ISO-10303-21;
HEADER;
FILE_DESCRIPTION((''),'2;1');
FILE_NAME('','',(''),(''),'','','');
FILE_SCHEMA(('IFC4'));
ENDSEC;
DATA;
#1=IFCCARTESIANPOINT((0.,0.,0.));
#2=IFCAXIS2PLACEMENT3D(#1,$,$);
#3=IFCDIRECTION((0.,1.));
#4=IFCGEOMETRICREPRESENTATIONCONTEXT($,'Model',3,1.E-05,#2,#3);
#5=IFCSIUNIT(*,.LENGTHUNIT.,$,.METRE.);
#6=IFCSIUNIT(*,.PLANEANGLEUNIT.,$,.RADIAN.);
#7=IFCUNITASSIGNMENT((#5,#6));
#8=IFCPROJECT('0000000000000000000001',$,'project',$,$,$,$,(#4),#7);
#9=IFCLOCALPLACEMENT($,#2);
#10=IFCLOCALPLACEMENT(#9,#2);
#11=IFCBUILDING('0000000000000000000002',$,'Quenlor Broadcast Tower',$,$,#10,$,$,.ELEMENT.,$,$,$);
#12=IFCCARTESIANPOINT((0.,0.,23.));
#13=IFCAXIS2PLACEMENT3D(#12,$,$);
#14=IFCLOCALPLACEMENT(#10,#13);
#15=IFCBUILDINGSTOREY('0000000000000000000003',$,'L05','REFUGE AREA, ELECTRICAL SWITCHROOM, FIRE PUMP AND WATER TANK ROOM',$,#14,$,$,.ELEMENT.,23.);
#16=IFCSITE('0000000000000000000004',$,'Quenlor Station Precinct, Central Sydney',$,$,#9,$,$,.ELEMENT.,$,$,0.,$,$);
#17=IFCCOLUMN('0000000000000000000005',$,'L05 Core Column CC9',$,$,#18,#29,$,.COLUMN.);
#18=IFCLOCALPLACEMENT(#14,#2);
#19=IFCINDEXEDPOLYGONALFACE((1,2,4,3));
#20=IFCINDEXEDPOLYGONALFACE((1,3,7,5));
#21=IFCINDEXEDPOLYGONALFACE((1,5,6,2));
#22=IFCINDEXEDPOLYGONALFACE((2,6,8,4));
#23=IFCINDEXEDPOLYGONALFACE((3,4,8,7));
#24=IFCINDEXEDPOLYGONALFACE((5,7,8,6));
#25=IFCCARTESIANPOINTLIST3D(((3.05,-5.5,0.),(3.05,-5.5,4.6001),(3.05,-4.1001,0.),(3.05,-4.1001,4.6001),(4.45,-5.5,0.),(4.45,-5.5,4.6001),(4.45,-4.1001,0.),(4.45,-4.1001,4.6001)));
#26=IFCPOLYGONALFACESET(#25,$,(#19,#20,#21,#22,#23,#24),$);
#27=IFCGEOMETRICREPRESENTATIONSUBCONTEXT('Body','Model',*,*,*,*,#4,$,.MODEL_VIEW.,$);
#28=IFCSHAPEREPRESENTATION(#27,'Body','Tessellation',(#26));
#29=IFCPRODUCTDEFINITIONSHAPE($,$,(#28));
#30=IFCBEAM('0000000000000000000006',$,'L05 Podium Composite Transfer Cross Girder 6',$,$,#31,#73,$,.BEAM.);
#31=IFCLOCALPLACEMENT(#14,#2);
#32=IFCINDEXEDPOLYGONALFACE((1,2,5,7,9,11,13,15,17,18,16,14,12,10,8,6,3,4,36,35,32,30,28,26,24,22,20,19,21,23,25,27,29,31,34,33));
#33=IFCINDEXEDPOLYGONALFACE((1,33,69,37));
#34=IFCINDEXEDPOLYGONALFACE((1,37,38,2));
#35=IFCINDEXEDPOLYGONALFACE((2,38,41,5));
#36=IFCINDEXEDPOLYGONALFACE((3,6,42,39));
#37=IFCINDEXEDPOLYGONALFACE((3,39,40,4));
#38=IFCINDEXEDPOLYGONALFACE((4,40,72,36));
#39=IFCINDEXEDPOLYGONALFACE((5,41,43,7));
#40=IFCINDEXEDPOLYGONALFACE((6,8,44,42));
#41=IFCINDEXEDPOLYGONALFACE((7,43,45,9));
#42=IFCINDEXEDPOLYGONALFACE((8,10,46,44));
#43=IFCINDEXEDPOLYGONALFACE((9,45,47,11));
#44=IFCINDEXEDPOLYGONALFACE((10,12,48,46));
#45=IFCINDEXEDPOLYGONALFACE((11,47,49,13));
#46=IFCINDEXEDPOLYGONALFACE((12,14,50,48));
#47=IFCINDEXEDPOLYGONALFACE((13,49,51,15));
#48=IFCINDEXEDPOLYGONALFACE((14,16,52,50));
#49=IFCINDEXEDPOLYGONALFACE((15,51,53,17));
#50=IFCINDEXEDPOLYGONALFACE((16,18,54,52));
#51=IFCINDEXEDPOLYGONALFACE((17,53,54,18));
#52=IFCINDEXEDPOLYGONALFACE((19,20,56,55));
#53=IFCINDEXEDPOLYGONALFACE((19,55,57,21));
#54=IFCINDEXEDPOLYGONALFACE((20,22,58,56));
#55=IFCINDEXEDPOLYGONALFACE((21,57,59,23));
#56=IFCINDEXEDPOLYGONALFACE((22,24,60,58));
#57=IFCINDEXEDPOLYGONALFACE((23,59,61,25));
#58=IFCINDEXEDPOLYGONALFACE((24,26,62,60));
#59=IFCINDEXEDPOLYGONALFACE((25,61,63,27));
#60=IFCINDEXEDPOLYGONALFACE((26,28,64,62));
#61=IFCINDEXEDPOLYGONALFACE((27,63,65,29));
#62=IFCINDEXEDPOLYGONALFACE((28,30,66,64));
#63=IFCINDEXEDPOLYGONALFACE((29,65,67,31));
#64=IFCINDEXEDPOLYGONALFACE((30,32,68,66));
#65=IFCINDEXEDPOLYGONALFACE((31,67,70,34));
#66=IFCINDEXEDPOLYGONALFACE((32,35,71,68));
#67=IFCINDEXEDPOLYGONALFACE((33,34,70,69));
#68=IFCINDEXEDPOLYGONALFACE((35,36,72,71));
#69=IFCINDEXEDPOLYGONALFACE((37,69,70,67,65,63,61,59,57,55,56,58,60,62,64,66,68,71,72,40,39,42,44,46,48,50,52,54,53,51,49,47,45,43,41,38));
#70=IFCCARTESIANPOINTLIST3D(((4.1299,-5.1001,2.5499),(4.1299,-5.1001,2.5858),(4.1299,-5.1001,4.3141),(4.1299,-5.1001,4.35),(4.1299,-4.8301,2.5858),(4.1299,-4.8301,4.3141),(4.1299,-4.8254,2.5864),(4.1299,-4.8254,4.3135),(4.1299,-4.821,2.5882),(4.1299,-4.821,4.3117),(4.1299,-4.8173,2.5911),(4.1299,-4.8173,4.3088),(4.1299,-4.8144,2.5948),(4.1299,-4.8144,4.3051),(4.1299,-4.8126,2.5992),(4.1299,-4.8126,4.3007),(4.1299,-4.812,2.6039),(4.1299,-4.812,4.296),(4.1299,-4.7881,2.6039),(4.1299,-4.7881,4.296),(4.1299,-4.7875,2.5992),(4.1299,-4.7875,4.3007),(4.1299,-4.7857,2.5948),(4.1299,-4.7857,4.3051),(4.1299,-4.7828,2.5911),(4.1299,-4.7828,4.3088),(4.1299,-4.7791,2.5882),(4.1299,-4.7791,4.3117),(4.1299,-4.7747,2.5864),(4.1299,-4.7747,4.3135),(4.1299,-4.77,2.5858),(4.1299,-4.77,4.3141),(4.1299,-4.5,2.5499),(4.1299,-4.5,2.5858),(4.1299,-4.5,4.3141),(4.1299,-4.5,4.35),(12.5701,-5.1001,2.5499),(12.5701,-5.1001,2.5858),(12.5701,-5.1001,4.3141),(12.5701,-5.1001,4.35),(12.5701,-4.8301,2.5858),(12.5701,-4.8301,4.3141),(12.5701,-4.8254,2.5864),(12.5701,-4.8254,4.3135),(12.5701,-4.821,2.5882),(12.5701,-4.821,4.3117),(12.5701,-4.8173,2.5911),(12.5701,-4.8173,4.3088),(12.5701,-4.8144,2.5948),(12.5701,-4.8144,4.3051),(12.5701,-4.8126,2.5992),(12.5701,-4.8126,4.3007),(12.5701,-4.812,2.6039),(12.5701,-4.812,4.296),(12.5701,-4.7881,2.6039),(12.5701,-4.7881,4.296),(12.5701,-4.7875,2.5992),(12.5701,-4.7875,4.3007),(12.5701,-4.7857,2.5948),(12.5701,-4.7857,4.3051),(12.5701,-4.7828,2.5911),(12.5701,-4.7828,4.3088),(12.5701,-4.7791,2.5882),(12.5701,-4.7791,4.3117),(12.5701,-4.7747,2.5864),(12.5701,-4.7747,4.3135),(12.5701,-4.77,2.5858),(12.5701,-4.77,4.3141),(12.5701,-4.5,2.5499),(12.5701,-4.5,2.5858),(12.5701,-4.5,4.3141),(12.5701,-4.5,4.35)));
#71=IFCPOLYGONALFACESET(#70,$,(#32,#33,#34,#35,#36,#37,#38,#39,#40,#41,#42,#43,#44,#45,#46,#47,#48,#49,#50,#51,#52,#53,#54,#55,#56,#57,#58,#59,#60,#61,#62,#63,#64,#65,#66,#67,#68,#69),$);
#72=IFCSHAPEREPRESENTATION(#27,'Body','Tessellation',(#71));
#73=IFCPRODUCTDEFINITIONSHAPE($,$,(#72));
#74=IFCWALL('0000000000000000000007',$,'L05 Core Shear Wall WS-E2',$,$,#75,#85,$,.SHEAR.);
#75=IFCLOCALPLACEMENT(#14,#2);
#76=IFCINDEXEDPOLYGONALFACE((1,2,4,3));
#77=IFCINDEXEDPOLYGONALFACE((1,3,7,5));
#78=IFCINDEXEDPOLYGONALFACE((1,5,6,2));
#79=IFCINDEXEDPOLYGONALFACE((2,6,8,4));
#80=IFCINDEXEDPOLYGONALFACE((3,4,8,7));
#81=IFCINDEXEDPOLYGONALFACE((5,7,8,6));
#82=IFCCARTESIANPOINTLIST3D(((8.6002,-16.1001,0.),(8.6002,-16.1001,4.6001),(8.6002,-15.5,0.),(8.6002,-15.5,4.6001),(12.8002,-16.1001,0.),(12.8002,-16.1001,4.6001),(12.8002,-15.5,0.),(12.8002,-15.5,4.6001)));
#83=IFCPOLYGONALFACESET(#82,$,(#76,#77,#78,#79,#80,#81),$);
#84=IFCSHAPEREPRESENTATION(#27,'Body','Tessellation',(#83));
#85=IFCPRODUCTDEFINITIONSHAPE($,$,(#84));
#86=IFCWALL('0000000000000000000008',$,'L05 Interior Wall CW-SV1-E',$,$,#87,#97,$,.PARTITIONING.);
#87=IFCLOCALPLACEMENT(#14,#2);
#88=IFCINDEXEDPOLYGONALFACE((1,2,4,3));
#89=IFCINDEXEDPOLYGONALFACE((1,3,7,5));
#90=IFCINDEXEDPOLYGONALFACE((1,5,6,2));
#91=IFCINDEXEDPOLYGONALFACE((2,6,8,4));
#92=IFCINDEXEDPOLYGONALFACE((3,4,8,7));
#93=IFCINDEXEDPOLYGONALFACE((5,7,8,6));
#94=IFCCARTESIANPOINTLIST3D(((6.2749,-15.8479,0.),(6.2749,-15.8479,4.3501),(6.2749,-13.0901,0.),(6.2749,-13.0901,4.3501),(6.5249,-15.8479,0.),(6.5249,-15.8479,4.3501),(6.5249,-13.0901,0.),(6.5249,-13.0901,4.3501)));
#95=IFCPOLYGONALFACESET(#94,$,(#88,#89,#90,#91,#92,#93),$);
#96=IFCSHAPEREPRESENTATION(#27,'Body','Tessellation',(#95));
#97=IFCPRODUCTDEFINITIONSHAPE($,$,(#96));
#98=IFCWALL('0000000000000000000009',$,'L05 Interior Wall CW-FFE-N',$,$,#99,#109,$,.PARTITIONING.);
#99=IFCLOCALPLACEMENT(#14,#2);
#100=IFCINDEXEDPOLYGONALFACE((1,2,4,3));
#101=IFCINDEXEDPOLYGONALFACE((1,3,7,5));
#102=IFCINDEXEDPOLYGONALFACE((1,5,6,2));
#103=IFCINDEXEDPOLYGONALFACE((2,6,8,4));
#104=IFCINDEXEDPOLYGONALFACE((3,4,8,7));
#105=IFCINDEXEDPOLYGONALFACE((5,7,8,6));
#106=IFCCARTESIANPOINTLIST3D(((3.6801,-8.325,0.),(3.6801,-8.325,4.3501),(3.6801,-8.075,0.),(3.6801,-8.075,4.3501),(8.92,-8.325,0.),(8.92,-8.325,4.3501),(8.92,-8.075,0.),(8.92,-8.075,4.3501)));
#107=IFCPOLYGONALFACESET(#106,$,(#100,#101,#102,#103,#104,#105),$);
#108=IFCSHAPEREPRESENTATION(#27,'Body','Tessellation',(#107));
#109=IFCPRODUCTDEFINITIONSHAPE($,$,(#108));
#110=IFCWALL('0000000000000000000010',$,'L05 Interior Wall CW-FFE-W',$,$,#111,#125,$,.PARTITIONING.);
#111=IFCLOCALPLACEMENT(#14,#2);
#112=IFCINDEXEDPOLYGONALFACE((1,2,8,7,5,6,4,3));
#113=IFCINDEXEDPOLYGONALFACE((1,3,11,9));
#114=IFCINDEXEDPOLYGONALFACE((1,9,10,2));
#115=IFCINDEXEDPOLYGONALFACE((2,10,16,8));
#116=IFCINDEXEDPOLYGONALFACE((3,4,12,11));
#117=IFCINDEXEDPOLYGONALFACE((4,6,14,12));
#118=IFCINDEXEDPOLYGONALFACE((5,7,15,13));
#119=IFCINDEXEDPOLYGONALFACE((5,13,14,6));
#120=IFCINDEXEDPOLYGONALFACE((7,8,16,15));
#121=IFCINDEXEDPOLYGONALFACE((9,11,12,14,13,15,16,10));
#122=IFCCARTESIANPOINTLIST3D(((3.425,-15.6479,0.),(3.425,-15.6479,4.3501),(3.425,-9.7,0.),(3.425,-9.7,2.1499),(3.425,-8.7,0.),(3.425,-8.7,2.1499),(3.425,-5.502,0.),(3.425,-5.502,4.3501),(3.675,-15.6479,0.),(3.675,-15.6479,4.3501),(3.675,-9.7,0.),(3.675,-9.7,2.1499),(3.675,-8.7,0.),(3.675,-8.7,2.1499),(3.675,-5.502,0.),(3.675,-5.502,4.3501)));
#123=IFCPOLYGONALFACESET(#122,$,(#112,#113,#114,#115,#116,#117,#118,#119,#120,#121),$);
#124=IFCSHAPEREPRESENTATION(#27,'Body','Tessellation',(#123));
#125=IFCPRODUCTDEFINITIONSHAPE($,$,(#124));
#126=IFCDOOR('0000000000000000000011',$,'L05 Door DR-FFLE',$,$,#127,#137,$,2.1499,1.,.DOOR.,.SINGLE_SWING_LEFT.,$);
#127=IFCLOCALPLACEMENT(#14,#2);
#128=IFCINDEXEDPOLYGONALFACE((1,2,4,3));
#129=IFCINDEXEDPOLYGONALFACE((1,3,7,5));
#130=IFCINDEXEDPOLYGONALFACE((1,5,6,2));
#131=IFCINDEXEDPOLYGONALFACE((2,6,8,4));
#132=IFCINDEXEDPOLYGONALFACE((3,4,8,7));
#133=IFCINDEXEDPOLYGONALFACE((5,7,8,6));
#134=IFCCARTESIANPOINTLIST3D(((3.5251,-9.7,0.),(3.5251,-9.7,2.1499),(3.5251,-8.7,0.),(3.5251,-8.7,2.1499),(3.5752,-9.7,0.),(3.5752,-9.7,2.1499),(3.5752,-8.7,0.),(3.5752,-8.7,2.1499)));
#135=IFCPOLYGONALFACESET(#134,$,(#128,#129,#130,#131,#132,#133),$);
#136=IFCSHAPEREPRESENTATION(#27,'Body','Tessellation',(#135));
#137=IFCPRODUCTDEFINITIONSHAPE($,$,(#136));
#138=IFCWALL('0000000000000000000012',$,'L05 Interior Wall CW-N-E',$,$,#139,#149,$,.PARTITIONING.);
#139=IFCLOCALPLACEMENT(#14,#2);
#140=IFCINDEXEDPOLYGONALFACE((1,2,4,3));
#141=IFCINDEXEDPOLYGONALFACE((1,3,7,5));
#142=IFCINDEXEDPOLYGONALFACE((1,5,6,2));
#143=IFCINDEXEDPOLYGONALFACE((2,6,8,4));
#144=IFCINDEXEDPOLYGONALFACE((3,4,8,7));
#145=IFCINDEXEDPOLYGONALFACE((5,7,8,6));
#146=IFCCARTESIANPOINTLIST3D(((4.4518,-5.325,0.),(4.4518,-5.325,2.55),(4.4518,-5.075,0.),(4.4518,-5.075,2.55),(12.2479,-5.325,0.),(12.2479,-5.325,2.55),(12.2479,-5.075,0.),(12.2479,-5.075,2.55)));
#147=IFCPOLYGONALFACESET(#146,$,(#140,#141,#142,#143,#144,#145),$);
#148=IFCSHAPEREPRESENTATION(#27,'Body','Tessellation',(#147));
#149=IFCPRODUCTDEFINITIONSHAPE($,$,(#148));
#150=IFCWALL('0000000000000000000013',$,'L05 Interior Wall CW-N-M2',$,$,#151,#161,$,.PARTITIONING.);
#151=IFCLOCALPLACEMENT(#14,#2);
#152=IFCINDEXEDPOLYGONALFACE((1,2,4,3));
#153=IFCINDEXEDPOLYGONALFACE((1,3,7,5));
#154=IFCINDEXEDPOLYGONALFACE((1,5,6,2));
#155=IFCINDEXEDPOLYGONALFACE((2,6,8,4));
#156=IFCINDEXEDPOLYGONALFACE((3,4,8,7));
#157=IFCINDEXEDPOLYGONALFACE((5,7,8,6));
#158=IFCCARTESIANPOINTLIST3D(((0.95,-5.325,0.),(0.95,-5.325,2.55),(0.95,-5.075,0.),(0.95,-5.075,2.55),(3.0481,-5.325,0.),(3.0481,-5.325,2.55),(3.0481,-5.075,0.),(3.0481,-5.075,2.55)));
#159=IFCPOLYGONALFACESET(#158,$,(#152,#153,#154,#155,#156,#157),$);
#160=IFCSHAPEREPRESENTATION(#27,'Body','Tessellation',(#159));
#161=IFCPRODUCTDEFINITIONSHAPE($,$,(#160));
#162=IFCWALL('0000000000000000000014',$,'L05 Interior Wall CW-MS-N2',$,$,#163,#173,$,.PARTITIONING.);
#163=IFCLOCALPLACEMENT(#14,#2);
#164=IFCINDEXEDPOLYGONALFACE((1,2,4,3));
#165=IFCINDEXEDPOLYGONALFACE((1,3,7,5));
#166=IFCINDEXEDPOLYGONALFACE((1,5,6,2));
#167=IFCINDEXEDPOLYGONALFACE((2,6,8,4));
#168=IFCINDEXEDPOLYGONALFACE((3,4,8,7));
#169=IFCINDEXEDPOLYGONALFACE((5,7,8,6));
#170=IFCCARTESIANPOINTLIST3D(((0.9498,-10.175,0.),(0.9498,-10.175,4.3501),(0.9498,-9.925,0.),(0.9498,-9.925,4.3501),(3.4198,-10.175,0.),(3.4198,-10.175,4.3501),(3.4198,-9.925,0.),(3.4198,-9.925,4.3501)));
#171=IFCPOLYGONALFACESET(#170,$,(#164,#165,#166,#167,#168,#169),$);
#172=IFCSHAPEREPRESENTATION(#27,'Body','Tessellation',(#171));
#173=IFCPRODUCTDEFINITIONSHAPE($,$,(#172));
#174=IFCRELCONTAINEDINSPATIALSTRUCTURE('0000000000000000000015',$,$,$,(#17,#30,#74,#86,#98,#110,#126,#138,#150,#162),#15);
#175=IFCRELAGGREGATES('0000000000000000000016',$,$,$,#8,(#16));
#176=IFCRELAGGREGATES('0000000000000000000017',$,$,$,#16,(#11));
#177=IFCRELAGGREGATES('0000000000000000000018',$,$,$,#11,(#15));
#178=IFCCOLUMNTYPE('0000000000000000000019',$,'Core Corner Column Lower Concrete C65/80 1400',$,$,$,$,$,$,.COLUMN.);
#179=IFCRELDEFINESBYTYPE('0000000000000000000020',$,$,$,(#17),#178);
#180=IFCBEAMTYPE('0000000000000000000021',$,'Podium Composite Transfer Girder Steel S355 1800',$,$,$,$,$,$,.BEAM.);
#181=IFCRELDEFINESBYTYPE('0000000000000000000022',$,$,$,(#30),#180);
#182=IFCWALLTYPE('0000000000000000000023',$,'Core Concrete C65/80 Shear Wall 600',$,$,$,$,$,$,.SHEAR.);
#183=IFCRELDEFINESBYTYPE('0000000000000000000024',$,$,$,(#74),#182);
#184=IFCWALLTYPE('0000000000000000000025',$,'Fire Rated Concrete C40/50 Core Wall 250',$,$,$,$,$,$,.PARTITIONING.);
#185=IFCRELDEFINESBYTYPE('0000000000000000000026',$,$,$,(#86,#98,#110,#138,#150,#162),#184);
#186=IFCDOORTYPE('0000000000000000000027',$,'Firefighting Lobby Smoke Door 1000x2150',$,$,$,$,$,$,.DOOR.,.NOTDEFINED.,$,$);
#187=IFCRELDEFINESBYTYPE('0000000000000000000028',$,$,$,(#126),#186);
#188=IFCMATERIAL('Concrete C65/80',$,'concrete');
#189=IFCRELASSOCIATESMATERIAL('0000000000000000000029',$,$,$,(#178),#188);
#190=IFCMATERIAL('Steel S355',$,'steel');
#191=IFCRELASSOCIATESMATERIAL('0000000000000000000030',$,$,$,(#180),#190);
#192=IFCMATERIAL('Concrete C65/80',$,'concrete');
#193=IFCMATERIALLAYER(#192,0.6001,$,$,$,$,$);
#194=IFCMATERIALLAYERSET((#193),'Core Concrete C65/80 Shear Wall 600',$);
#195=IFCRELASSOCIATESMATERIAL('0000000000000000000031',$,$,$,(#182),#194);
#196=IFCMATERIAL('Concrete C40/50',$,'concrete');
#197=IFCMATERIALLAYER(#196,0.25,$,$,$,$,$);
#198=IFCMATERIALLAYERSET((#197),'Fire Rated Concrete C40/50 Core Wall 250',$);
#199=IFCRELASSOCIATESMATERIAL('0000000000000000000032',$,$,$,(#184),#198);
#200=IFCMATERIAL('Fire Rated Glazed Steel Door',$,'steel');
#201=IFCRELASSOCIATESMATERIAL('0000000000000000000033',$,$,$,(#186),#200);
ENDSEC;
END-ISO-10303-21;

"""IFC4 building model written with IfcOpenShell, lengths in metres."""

from ifc_helpers import new_model, si_unit, direction, frame, frame_2d, origin, origin_2d, place, context, subcontext, project, spatial, rectangle, i_section, extrude, material, layer, layer_set, material_profile, profile_set, type_object, element, fill, save


model = new_model("IFC4")

# Units and contexts
model_context = context("Model", 3, precision=1e-05, world=origin(), true_north=direction((0.0, 1.0)))
body_context = subcontext(model_context, "Body", "Model", "MODEL_VIEW")
ifc_project = project(units=[si_unit("LENGTHUNIT", "METRE"), si_unit("PLANEANGLEUNIT", "RADIAN")], contexts=[model_context])

# Site, building, storey
site_placement = place(None, origin())
site = spatial("IfcSite", under=ifc_project, at=site_placement, Name="Quenlor Station Precinct, Central Sydney", CompositionType="ELEMENT", RefElevation=0.0)
building_placement = place(site_placement, origin())
building = spatial("IfcBuilding", under=site, at=building_placement, Name="Quenlor Broadcast Tower", CompositionType="ELEMENT")
storey_placement = place(building_placement, frame((0.0, 0.0, 23.0)))
storey = spatial("IfcBuildingStorey", under=building, at=storey_placement, Name="L05", Description="REFUGE AREA, ELECTRICAL SWITCHROOM, FIRE PUMP AND WATER TANK ROOM", CompositionType="ELEMENT", Elevation=23.0)

# Column
ifc_material_1 = material(Name="Concrete C65/80", Category="concrete")
ifc_material_profile_1 = material_profile(ifc_material_1, rectangle(XDim=1.3999, YDim=1.3999, at=origin_2d()))
ifc_profile_set_1 = profile_set([ifc_material_profile_1], Name="Concrete C65/80 RC1400x1400")
column_type = type_object("IfcColumnType", Name="Core Corner Column Lower Concrete C65/80 1400", PredefinedType="COLUMN", material=ifc_profile_set_1)
column_placement = place(storey_placement, frame((3.75, -4.8, 0.0), z_axis=(0.0, 0.0, 1.0), x_axis=(1.0, 0.0, 0.0)))
element("IfcColumn", 1, at=column_placement, inside=storey, type_object=column_type, Name="L05 Core Column CC9", PredefinedType="COLUMN", context=body_context, shape_type="SweptSolid", body=[
    extrude(rectangle(XDim=1.3999, YDim=1.3999, at=origin_2d()), origin(), (0.0, 0.0, 1.0), 4.6001),
])

# Beam
ifc_material_2 = material(Name="Steel S355", Category="steel")
ifc_material_profile_2 = material_profile(ifc_material_2, i_section(OverallWidth=0.6001, OverallDepth=1.8, WebThickness=0.0239, FlangeThickness=0.0359, FilletRadius=0.0181, at=origin_2d()))
ifc_profile_set_2 = profile_set([ifc_material_profile_2], Name="Steel S355 1800TG620")
beam_type = type_object("IfcBeamType", Name="Podium Composite Transfer Girder Steel S355 1800", PredefinedType="BEAM", material=ifc_profile_set_2)
beam_placement = place(storey_placement, frame((4.1299, -4.8, 3.45), z_axis=(1.0, 0.0, 0.0), x_axis=(0.0, 1.0, 0.0)))
element("IfcBeam", 2, at=beam_placement, inside=storey, type_object=beam_type, Name="L05 Podium Composite Transfer Cross Girder 6", PredefinedType="BEAM", context=body_context, shape_type="SweptSolid", body=[
    extrude(i_section(OverallWidth=0.6001, OverallDepth=1.8, WebThickness=0.0239, FlangeThickness=0.0359, FilletRadius=0.0181, at=origin_2d()), origin(), (0.0, 0.0, 1.0), 8.4402),
])

# Wall
ifc_material_3 = material(Name="Concrete C65/80", Category="concrete")
ifc_layer_1 = layer(ifc_material_3, 0.6001)
ifc_layer_set_1 = layer_set([ifc_layer_1], Name="Core Concrete C65/80 Shear Wall 600")
wall_type_1 = type_object("IfcWallType", Name="Core Concrete C65/80 Shear Wall 600", PredefinedType="SHEAR", material=ifc_layer_set_1)
wall_1_placement = place(storey_placement, frame((8.6001, -15.8, 0.0), z_axis=(0.0, 0.0, 1.0), x_axis=(1.0, 0.0, 0.0)))
element("IfcWall", 3, at=wall_1_placement, inside=storey, type_object=wall_type_1, Name="L05 Core Shear Wall WS-E2", PredefinedType="SHEAR", context=body_context, shape_type="SweptSolid", body=[
    extrude(rectangle(XDim=4.2, YDim=0.6001, at=frame_2d((2.1001, 0.0))), origin(), (0.0, 0.0, 1.0), 4.6001),
])

# Shared definitions
ifc_material_4 = material(Name="Concrete C40/50", Category="concrete")
ifc_layer_2 = layer(ifc_material_4, 0.25)
ifc_layer_set_2 = layer_set([ifc_layer_2], Name="Fire Rated Concrete C40/50 Core Wall 250")
wall_type_2 = type_object("IfcWallType", Name="Fire Rated Concrete C40/50 Core Wall 250", PredefinedType="PARTITIONING", material=ifc_layer_set_2)

# Walls
wall_2_placement = place(storey_placement, frame((6.3999, -15.8479, 0.0), z_axis=(0.0, 0.0, 1.0), x_axis=(0.0, 1.0, 0.0)))
element("IfcWall", 4, at=wall_2_placement, inside=storey, type_object=wall_type_2, Name="L05 Interior Wall CW-SV1-E", PredefinedType="PARTITIONING", context=body_context, shape_type="SweptSolid", body=[
    extrude(rectangle(XDim=2.7578, YDim=0.25, at=frame_2d((1.3789, 0.0))), origin(), (0.0, 0.0, 1.0), 4.3501),
])
wall_3_placement = place(storey_placement, frame((3.6799, -8.2, 0.0), z_axis=(0.0, 0.0, 1.0), x_axis=(1.0, 0.0, 0.0)))
element("IfcWall", 5, at=wall_3_placement, inside=storey, type_object=wall_type_2, Name="L05 Interior Wall CW-FFE-N", PredefinedType="PARTITIONING", context=body_context, shape_type="SweptSolid", body=[
    extrude(rectangle(XDim=5.24, YDim=0.25, at=frame_2d((2.6201, 0.0))), origin(), (0.0, 0.0, 1.0), 4.3501),
])

# Wall, opening, door
wall_4_placement = place(storey_placement, frame((3.55, -15.6479, 0.0), z_axis=(0.0, 0.0, 1.0), x_axis=(0.0, 1.0, 0.0)))
wall_4 = element("IfcWall", 6, at=wall_4_placement, inside=storey, type_object=wall_type_2, Name="L05 Interior Wall CW-FFE-W", PredefinedType="PARTITIONING", context=body_context, shape_type="SweptSolid", body=[
    extrude(rectangle(XDim=10.146, YDim=0.25, at=frame_2d((5.073, 0.0))), origin(), (0.0, 0.0, 1.0), 4.3501),
])
opening_1_placement = place(wall_4_placement, frame((5.948, 0.0, 0.0)))
opening_1 = element("IfcOpeningElement", 7, at=opening_1_placement, cuts=wall_4, PredefinedType="OPENING", context=body_context, shape_type="SweptSolid", body=[
    extrude(rectangle(XDim=1.0, YDim=2.1499, at=frame_2d((0.5, 1.075))), frame((0.0, 0.135, 0.0), z_axis=(0.0, -1.0, 0.0), x_axis=(1.0, 0.0, 0.0)), (0.0, 0.0, 1.0), 0.27),
])
ifc_material_5 = material(Name="Fire Rated Glazed Steel Door", Category="steel")
door_type_1 = type_object("IfcDoorType", Name="Firefighting Lobby Smoke Door 1000x2150", OperationType="NOTDEFINED", PredefinedType="DOOR", material=ifc_material_5)
door_1_placement = place(opening_1_placement, origin())
door_1 = element("IfcDoor", 8, at=door_1_placement, inside=storey, type_object=door_type_1, Name="L05 Door DR-FFLE", OperationType="SINGLE_SWING_LEFT", OverallHeight=2.1499, OverallWidth=1.0, PredefinedType="DOOR", context=body_context, shape_type="SweptSolid", body=[
    extrude(rectangle(XDim=1.0, YDim=2.1499, at=frame_2d((0.5, 1.075))), frame((0.0, 0.0249, 0.0), z_axis=(0.0, -1.0, 0.0), x_axis=(1.0, 0.0, 0.0)), (0.0, 0.0, 1.0), 0.05),
])
fill(opening_1, door_1)

# Walls
wall_5_placement = place(storey_placement, frame((4.4519, -5.2, 0.0), z_axis=(0.0, 0.0, 1.0), x_axis=(1.0, 0.0, 0.0)))
element("IfcWall", 9, at=wall_5_placement, inside=storey, type_object=wall_type_2, Name="L05 Interior Wall CW-N-E", PredefinedType="PARTITIONING", context=body_context, shape_type="SweptSolid", body=[
    extrude(rectangle(XDim=7.7961, YDim=0.25, at=frame_2d((3.8979, 0.0))), origin(), (0.0, 0.0, 1.0), 2.55),
])
wall_6_placement = place(storey_placement, frame((0.95, -5.2, 0.0), z_axis=(0.0, 0.0, 1.0), x_axis=(1.0, 0.0, 0.0)))
element("IfcWall", 10, at=wall_6_placement, inside=storey, type_object=wall_type_2, Name="L05 Interior Wall CW-N-M2", PredefinedType="PARTITIONING", context=body_context, shape_type="SweptSolid", body=[
    extrude(rectangle(XDim=2.0981, YDim=0.25, at=frame_2d((1.0491, 0.0))), origin(), (0.0, 0.0, 1.0), 2.55),
])
wall_7_placement = place(storey_placement, frame((0.95, -10.05, 0.0), z_axis=(0.0, 0.0, 1.0), x_axis=(1.0, 0.0, 0.0)))
element("IfcWall", 11, at=wall_7_placement, inside=storey, type_object=wall_type_2, Name="L05 Interior Wall CW-MS-N2", PredefinedType="PARTITIONING", context=body_context, shape_type="SweptSolid", body=[
    extrude(rectangle(XDim=2.47, YDim=0.25, at=frame_2d((1.2349, 0.0))), origin(), (0.0, 0.0, 1.0), 4.3501),
])

save(model, "model.ifc")
